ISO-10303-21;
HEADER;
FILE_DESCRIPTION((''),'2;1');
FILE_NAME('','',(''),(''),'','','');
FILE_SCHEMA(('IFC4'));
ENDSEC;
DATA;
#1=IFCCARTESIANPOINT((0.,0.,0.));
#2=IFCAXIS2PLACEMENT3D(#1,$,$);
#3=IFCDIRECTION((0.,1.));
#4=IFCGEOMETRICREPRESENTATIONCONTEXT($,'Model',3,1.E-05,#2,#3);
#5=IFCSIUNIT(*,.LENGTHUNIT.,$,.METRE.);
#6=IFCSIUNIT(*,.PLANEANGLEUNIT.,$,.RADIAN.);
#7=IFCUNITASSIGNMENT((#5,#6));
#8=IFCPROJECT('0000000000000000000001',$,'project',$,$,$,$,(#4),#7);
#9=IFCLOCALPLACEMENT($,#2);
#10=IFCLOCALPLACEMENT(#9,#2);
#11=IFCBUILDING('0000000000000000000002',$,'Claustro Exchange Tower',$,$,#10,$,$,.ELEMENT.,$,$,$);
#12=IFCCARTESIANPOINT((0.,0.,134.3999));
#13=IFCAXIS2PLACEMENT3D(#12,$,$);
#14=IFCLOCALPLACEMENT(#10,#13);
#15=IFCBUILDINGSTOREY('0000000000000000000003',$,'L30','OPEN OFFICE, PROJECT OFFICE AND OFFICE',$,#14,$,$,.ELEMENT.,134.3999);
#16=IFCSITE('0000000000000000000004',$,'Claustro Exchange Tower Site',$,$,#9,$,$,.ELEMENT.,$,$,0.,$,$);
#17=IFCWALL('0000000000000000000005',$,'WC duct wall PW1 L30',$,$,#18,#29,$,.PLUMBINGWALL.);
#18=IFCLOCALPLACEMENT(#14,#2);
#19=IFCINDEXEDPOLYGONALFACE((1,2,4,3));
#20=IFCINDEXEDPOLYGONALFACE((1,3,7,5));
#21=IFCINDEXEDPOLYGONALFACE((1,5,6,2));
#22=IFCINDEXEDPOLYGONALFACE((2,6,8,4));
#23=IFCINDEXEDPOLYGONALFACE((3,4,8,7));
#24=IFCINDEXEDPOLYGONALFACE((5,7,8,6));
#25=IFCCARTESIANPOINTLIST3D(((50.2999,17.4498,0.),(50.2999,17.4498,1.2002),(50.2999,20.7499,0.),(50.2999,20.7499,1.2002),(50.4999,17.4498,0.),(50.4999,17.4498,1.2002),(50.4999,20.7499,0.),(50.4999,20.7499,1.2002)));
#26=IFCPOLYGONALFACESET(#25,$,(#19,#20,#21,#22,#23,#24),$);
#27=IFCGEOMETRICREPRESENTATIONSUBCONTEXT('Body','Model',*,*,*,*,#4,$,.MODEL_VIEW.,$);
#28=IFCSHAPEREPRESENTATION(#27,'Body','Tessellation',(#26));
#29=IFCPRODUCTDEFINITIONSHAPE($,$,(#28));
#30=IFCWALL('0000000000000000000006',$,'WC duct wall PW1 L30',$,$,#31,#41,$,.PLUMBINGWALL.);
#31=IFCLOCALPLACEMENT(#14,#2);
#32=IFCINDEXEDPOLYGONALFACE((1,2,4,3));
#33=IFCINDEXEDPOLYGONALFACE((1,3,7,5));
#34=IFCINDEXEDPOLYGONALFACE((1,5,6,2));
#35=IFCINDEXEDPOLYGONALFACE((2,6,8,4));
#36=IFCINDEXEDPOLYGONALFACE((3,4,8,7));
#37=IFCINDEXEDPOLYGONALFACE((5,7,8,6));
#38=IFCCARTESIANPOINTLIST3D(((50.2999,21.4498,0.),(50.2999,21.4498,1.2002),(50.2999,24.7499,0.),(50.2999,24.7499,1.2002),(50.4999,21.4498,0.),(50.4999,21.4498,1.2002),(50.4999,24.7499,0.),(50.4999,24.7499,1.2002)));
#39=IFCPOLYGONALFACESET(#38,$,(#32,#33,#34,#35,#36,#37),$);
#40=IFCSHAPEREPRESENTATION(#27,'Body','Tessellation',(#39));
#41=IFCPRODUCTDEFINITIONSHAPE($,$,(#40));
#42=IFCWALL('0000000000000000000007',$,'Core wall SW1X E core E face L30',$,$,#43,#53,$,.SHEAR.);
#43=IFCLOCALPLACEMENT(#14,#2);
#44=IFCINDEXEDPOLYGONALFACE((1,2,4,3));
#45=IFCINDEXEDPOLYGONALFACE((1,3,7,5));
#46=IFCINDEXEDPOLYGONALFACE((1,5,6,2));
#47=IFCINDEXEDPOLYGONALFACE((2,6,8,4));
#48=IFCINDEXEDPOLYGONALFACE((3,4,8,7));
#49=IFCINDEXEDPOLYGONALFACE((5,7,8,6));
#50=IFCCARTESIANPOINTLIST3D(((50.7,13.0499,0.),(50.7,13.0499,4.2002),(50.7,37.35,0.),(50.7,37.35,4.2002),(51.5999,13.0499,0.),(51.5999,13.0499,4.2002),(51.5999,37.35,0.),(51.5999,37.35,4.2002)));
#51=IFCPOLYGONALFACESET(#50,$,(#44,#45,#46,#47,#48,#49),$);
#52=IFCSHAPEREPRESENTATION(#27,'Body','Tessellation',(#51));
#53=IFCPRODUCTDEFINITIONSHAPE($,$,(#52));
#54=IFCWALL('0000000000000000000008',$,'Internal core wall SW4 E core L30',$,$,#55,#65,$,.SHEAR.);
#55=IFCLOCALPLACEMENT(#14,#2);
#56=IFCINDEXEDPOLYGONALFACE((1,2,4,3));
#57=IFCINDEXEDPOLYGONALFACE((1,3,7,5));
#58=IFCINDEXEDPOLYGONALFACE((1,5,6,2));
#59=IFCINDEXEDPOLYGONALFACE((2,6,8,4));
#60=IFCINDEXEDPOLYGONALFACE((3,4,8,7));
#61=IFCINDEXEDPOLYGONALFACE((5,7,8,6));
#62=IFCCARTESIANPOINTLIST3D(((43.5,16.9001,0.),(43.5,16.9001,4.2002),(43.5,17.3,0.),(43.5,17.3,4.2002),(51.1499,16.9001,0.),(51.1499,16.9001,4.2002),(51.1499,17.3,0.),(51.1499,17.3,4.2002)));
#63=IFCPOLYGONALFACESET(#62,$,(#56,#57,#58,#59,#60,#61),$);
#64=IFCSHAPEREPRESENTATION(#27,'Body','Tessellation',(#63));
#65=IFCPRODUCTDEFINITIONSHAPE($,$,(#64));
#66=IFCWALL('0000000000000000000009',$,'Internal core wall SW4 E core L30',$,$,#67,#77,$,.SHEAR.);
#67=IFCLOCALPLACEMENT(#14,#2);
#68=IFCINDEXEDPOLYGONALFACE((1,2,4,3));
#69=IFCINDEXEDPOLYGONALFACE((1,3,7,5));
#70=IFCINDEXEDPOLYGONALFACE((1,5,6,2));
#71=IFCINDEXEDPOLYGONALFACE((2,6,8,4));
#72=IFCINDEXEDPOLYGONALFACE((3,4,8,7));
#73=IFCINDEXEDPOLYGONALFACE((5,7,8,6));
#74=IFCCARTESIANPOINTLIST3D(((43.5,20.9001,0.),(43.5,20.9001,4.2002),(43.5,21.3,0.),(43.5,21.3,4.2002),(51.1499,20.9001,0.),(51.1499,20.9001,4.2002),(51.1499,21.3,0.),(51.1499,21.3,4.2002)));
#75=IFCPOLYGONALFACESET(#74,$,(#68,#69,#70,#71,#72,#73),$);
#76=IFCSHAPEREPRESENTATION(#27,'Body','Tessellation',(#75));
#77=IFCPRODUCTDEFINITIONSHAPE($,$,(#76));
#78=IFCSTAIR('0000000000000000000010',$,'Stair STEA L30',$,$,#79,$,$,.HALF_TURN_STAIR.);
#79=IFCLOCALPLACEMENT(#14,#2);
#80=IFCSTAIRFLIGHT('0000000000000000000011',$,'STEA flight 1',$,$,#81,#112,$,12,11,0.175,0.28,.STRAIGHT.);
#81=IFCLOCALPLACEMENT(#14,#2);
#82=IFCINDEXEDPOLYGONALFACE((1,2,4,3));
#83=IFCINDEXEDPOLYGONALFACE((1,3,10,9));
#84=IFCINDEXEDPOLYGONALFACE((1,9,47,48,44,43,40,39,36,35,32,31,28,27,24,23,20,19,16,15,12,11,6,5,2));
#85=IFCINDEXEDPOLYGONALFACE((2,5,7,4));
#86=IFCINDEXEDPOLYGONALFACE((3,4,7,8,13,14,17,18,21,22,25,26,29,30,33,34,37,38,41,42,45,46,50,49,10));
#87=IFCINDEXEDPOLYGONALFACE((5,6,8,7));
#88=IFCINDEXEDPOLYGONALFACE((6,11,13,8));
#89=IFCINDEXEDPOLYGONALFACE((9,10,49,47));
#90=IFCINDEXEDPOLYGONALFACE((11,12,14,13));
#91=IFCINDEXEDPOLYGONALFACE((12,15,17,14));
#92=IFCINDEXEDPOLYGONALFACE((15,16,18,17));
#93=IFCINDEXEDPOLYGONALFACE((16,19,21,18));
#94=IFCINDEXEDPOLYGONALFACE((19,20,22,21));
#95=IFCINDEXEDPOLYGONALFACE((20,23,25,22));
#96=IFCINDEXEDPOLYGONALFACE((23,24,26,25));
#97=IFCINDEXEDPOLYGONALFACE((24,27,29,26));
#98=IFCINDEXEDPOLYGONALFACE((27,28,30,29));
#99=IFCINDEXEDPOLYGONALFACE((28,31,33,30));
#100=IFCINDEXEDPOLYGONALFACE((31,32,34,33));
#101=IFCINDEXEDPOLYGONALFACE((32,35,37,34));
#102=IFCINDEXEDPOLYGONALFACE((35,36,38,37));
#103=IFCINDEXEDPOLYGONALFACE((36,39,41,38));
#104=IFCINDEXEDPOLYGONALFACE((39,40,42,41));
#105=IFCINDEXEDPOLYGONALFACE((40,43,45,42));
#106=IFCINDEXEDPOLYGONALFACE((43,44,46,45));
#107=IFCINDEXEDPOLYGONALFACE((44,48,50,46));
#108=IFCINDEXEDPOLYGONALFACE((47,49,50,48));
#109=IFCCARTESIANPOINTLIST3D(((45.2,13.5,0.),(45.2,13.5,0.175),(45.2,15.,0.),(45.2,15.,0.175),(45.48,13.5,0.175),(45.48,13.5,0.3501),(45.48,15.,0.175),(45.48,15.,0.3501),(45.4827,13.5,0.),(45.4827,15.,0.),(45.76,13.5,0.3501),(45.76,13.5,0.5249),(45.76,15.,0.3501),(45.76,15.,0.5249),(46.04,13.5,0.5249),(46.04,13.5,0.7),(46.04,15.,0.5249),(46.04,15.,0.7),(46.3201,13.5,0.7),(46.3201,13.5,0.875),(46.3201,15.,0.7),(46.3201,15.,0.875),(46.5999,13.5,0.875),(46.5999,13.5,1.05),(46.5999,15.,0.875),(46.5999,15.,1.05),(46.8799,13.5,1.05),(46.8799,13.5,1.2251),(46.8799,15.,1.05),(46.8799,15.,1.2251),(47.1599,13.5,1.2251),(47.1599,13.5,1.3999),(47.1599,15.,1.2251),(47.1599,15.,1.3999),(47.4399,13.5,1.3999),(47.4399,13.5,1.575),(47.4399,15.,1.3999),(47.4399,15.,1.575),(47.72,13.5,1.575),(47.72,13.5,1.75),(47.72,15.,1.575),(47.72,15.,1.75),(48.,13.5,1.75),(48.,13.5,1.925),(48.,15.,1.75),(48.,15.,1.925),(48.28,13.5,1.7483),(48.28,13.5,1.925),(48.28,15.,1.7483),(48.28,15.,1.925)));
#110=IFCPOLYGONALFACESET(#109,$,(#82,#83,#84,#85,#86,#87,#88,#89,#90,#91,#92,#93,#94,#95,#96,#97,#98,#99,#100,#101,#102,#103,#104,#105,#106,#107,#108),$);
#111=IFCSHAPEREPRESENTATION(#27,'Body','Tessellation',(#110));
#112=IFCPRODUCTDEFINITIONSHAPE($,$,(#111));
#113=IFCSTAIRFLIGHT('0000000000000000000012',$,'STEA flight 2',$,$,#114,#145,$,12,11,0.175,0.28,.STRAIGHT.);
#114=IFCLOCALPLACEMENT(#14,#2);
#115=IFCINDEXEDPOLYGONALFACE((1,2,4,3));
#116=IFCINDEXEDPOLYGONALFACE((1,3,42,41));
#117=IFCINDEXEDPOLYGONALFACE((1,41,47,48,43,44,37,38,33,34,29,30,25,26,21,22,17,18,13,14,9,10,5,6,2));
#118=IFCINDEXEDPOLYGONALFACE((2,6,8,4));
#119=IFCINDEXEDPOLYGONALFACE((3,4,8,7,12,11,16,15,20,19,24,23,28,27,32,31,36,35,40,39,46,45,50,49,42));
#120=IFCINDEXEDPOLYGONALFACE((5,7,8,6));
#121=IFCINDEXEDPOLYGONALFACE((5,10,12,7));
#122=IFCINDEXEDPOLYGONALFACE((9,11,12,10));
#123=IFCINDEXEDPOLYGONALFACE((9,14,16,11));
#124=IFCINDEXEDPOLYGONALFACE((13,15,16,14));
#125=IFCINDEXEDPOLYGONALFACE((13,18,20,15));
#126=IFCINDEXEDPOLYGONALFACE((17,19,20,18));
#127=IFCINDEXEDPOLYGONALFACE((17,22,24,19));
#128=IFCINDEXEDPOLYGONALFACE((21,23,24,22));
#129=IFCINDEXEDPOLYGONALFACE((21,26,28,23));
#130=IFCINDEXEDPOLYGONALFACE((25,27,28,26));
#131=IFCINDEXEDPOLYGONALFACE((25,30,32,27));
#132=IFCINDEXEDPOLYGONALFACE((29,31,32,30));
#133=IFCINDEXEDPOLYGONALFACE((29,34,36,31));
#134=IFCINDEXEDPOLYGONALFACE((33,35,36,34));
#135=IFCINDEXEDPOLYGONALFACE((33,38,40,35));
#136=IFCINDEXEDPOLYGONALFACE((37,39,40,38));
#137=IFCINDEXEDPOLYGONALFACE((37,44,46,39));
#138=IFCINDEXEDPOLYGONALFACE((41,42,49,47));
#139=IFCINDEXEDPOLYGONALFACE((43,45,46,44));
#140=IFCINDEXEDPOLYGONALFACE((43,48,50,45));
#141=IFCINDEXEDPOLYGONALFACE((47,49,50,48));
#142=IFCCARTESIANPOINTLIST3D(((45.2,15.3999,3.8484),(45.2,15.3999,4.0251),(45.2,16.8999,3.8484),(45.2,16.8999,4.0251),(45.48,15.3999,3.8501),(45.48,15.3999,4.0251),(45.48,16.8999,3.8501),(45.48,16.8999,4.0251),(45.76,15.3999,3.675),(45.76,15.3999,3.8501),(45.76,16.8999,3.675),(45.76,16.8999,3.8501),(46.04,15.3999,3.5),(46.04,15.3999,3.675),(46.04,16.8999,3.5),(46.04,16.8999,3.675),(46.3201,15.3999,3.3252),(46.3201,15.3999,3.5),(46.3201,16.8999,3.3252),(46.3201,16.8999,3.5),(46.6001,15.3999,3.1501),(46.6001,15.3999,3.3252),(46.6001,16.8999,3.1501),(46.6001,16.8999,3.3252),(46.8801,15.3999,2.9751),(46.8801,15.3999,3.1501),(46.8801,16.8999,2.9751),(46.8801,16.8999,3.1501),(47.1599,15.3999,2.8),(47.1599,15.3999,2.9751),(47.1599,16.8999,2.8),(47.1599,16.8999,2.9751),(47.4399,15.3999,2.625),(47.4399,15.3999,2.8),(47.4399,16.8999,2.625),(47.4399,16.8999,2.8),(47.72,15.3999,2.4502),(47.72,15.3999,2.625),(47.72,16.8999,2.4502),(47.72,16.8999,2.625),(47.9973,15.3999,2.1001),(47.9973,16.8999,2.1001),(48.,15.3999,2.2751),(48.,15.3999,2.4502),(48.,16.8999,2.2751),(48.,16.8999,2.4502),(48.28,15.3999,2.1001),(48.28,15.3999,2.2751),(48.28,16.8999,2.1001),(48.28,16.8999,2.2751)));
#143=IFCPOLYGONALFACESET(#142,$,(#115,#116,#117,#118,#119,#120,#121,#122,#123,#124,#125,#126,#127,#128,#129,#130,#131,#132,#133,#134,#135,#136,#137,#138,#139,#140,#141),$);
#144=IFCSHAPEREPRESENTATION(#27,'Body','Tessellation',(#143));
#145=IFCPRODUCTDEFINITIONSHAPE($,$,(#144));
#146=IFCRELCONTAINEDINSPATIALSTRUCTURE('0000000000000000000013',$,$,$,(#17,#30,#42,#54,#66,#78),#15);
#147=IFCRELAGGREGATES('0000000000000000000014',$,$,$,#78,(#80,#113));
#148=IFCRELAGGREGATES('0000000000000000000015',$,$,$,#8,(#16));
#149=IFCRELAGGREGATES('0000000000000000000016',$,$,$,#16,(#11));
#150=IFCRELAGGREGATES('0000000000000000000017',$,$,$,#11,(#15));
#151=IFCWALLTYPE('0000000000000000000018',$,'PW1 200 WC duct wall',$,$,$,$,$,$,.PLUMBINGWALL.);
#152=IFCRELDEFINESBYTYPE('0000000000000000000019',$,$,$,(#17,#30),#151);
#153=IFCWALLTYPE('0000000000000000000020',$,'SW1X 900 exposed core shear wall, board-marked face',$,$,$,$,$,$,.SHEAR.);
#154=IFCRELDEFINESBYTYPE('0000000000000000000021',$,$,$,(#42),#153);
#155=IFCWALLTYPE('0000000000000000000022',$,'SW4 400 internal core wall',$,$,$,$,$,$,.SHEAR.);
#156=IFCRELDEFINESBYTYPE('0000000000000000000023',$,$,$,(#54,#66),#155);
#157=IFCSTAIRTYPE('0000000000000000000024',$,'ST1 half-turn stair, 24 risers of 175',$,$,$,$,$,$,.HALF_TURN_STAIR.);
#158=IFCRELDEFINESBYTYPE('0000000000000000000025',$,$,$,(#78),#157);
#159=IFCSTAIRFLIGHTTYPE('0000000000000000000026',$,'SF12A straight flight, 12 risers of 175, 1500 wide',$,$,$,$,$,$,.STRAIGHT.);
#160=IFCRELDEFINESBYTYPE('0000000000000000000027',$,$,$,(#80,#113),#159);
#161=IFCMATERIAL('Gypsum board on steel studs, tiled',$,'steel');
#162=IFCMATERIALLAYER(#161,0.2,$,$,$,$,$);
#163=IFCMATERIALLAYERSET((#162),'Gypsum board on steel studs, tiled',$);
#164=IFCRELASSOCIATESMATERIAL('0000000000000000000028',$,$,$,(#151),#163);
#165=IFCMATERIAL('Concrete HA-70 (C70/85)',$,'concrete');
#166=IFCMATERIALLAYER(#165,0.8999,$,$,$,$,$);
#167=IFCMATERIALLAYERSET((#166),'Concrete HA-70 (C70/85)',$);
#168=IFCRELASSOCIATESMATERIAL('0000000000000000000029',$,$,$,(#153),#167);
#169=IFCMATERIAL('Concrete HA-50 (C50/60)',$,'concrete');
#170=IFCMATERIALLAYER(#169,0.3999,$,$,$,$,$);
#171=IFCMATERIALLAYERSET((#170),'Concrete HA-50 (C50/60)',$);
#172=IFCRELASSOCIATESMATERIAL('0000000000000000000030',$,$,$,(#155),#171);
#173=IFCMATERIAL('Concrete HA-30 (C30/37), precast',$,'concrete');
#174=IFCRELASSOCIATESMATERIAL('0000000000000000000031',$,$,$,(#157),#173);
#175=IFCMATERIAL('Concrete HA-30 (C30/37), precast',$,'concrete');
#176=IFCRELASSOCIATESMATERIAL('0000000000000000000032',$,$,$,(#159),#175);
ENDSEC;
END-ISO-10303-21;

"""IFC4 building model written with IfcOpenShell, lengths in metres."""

from ifc_helpers import new_model, si_unit, direction, frame, frame_2d, origin, place, context, subcontext, project, spatial, polyline, rectangle, outline, extrude, material, layer, layer_set, type_object, element, aggregate, save


model = new_model("IFC4")

# Units and contexts
model_context = context("Model", 3, precision=1e-05, world=origin(), true_north=direction((0.0, 1.0)))
body_context = subcontext(model_context, "Body", "Model", "MODEL_VIEW")
ifc_project = project(units=[si_unit("LENGTHUNIT", "METRE"), si_unit("PLANEANGLEUNIT", "RADIAN")], contexts=[model_context])

# Site, building, storey
site_placement = place(None, origin())
site = spatial("IfcSite", under=ifc_project, at=site_placement, Name="Claustro Exchange Tower Site", CompositionType="ELEMENT", RefElevation=0.0)
building_placement = place(site_placement, origin())
building = spatial("IfcBuilding", under=site, at=building_placement, Name="Claustro Exchange Tower", CompositionType="ELEMENT")
storey_placement = place(building_placement, frame((0.0, 0.0, 134.3999)))
storey = spatial("IfcBuildingStorey", under=building, at=storey_placement, Name="L30", Description="OPEN OFFICE, PROJECT OFFICE AND OFFICE", CompositionType="ELEMENT", Elevation=134.3999)

# Walls
ifc_material_1 = material(Name="Gypsum board on steel studs, tiled", Category="steel")
ifc_layer_1 = layer(ifc_material_1, 0.2)
ifc_layer_set_1 = layer_set([ifc_layer_1], Name="Gypsum board on steel studs, tiled")
wall_type_1 = type_object("IfcWallType", Name="PW1 200 WC duct wall", PredefinedType="PLUMBINGWALL", material=ifc_layer_set_1)
for number, where, z_axis, x_axis, name in (
    (1, (50.3999, 17.45, 0.0), (0.0, 0.0, 1.0), (0.0, 1.0, 0.0), "WC duct wall PW1 L30"),
    (2, (50.3999, 21.45, 0.0), (0.0, 0.0, 1.0), (0.0, 1.0, 0.0), "WC duct wall PW1 L30"),
):
    element("IfcWall", number, at=place(storey_placement, frame(where, z_axis=z_axis, x_axis=x_axis)), inside=storey, type_object=wall_type_1, Name=name, PredefinedType="PLUMBINGWALL", context=body_context, shape_type="SweptSolid", body=[
        extrude(rectangle(XDim=3.3, YDim=0.2, at=frame_2d((1.6499, 0.0))), origin(), (0.0, 0.0, 1.0), 1.2002),
    ])
ifc_material_2 = material(Name="Concrete HA-70 (C70/85)", Category="concrete")
ifc_layer_2 = layer(ifc_material_2, 0.8999)
ifc_layer_set_2 = layer_set([ifc_layer_2], Name="Concrete HA-70 (C70/85)")
wall_type_2 = type_object("IfcWallType", Name="SW1X 900 exposed core shear wall, board-marked face", PredefinedType="SHEAR", material=ifc_layer_set_2)
wall_placement = place(storey_placement, frame((51.1499, 13.05, 0.0), z_axis=(0.0, 0.0, 1.0), x_axis=(0.0, 1.0, 0.0)))
element("IfcWall", 3, at=wall_placement, inside=storey, type_object=wall_type_2, Name="Core wall SW1X E core E face L30", PredefinedType="SHEAR", context=body_context, shape_type="SweptSolid", body=[
    extrude(rectangle(XDim=24.3, YDim=0.8999, at=frame_2d((12.1499, 0.0))), origin(), (0.0, 0.0, 1.0), 4.2002),
])
ifc_material_3 = material(Name="Concrete HA-50 (C50/60)", Category="concrete")
ifc_layer_3 = layer(ifc_material_3, 0.3999)
ifc_layer_set_3 = layer_set([ifc_layer_3], Name="Concrete HA-50 (C50/60)")
wall_type_3 = type_object("IfcWallType", Name="SW4 400 internal core wall", PredefinedType="SHEAR", material=ifc_layer_set_3)
for number, where, z_axis, x_axis, name in (
    (4, (51.1499, 17.1001, 0.0), (0.0, 0.0, 1.0), (-1.0, 0.0, 0.0), "Internal core wall SW4 E core L30"),
    (5, (51.1499, 21.1001, 0.0), (0.0, 0.0, 1.0), (-1.0, 0.0, 0.0), "Internal core wall SW4 E core L30"),
):
    element("IfcWall", number, at=place(storey_placement, frame(where, z_axis=z_axis, x_axis=x_axis)), inside=storey, type_object=wall_type_3, Name=name, PredefinedType="SHEAR", context=body_context, shape_type="SweptSolid", body=[
        extrude(rectangle(XDim=7.6499, YDim=0.3999, at=frame_2d((3.825, 0.0))), origin(), (0.0, 0.0, 1.0), 4.2002),
    ])

# Stair, stair flights
ifc_material_4 = material(Name="Concrete HA-30 (C30/37), precast", Category="concrete")
stair_type = type_object("IfcStairType", Name="ST1 half-turn stair, 24 risers of 175", PredefinedType="HALF_TURN_STAIR", material=ifc_material_4)
stair_placement = place(storey_placement, origin())
stair = element("IfcStair", 6, at=stair_placement, inside=storey, type_object=stair_type, Name="Stair STEA L30", PredefinedType="HALF_TURN_STAIR")
ifc_material_5 = material(Name="Concrete HA-30 (C30/37), precast", Category="concrete")
stair_flight_type = type_object("IfcStairFlightType", Name="SF12A straight flight, 12 risers of 175, 1500 wide", PredefinedType="STRAIGHT", material=ifc_material_5)
stair_flight_1_placement = place(storey_placement, frame((45.2, 14.25, 0.0), z_axis=(0.0, 0.0, 1.0), x_axis=(1.0, 0.0, 0.0)))
stair_flight_1 = element("IfcStairFlight", 7, at=stair_flight_1_placement, type_object=stair_flight_type, Name="STEA flight 1", NumberOfRisers=12, NumberOfTreads=11, PredefinedType="STRAIGHT", RiserHeight=0.175, TreadLength=0.28, context=body_context, shape_type="SweptSolid", body=[
    extrude(outline(polyline([(0.0, 0.0), (0.0, 0.175), (0.28, 0.175), (0.28, 0.3501), (0.5601, 0.3501), (0.5601, 0.5249), (0.8401, 0.5249), (0.8401, 0.7), (1.1201, 0.7), (1.1201, 0.875), (1.3999, 0.875), (1.3999, 1.05), (1.6799, 1.05), (1.6799, 1.2251), (1.96, 1.2251), (1.96, 1.3999), (2.24, 1.3999), (2.24, 1.575), (2.52, 1.575), (2.52, 1.75), (2.8, 1.75), (2.8, 1.925), (3.0801, 1.925), (3.0801, 2.1001), (3.0801, 1.7483), (0.2827, 0.0), (0.0, 0.0)])), frame((0.0, 0.75, 0.0), z_axis=(0.0, -1.0, 0.0), x_axis=(1.0, 0.0, 0.0)), (0.0, 0.0, 1.0), 1.5),
])
stair_flight_2_placement = place(storey_placement, frame((48.28, 16.1499, 2.1001), z_axis=(0.0, 0.0, 1.0), x_axis=(-1.0, 0.0, 0.0)))
stair_flight_2 = element("IfcStairFlight", 8, at=stair_flight_2_placement, type_object=stair_flight_type, Name="STEA flight 2", NumberOfRisers=12, NumberOfTreads=11, PredefinedType="STRAIGHT", RiserHeight=0.175, TreadLength=0.28, context=body_context, shape_type="SweptSolid", body=[
    extrude(outline(polyline([(0.0, 0.0), (0.0, 0.175), (0.28, 0.175), (0.28, 0.3501), (0.5601, 0.3501), (0.5601, 0.5249), (0.8401, 0.5249), (0.8401, 0.7), (1.1201, 0.7), (1.1201, 0.875), (1.3999, 0.875), (1.3999, 1.05), (1.6799, 1.05), (1.6799, 1.2251), (1.96, 1.2251), (1.96, 1.3999), (2.24, 1.3999), (2.24, 1.575), (2.52, 1.575), (2.52, 1.75), (2.8, 1.75), (2.8, 1.925), (3.0801, 1.925), (3.0801, 2.1001), (3.0801, 1.7483), (0.2827, 0.0), (0.0, 0.0)])), frame((0.0, 0.75, 0.0), z_axis=(0.0, -1.0, 0.0), x_axis=(1.0, 0.0, 0.0)), (0.0, 0.0, 1.0), 1.5),
])
aggregate(stair, [stair_flight_1, stair_flight_2])

save(model, "model.ifc")
